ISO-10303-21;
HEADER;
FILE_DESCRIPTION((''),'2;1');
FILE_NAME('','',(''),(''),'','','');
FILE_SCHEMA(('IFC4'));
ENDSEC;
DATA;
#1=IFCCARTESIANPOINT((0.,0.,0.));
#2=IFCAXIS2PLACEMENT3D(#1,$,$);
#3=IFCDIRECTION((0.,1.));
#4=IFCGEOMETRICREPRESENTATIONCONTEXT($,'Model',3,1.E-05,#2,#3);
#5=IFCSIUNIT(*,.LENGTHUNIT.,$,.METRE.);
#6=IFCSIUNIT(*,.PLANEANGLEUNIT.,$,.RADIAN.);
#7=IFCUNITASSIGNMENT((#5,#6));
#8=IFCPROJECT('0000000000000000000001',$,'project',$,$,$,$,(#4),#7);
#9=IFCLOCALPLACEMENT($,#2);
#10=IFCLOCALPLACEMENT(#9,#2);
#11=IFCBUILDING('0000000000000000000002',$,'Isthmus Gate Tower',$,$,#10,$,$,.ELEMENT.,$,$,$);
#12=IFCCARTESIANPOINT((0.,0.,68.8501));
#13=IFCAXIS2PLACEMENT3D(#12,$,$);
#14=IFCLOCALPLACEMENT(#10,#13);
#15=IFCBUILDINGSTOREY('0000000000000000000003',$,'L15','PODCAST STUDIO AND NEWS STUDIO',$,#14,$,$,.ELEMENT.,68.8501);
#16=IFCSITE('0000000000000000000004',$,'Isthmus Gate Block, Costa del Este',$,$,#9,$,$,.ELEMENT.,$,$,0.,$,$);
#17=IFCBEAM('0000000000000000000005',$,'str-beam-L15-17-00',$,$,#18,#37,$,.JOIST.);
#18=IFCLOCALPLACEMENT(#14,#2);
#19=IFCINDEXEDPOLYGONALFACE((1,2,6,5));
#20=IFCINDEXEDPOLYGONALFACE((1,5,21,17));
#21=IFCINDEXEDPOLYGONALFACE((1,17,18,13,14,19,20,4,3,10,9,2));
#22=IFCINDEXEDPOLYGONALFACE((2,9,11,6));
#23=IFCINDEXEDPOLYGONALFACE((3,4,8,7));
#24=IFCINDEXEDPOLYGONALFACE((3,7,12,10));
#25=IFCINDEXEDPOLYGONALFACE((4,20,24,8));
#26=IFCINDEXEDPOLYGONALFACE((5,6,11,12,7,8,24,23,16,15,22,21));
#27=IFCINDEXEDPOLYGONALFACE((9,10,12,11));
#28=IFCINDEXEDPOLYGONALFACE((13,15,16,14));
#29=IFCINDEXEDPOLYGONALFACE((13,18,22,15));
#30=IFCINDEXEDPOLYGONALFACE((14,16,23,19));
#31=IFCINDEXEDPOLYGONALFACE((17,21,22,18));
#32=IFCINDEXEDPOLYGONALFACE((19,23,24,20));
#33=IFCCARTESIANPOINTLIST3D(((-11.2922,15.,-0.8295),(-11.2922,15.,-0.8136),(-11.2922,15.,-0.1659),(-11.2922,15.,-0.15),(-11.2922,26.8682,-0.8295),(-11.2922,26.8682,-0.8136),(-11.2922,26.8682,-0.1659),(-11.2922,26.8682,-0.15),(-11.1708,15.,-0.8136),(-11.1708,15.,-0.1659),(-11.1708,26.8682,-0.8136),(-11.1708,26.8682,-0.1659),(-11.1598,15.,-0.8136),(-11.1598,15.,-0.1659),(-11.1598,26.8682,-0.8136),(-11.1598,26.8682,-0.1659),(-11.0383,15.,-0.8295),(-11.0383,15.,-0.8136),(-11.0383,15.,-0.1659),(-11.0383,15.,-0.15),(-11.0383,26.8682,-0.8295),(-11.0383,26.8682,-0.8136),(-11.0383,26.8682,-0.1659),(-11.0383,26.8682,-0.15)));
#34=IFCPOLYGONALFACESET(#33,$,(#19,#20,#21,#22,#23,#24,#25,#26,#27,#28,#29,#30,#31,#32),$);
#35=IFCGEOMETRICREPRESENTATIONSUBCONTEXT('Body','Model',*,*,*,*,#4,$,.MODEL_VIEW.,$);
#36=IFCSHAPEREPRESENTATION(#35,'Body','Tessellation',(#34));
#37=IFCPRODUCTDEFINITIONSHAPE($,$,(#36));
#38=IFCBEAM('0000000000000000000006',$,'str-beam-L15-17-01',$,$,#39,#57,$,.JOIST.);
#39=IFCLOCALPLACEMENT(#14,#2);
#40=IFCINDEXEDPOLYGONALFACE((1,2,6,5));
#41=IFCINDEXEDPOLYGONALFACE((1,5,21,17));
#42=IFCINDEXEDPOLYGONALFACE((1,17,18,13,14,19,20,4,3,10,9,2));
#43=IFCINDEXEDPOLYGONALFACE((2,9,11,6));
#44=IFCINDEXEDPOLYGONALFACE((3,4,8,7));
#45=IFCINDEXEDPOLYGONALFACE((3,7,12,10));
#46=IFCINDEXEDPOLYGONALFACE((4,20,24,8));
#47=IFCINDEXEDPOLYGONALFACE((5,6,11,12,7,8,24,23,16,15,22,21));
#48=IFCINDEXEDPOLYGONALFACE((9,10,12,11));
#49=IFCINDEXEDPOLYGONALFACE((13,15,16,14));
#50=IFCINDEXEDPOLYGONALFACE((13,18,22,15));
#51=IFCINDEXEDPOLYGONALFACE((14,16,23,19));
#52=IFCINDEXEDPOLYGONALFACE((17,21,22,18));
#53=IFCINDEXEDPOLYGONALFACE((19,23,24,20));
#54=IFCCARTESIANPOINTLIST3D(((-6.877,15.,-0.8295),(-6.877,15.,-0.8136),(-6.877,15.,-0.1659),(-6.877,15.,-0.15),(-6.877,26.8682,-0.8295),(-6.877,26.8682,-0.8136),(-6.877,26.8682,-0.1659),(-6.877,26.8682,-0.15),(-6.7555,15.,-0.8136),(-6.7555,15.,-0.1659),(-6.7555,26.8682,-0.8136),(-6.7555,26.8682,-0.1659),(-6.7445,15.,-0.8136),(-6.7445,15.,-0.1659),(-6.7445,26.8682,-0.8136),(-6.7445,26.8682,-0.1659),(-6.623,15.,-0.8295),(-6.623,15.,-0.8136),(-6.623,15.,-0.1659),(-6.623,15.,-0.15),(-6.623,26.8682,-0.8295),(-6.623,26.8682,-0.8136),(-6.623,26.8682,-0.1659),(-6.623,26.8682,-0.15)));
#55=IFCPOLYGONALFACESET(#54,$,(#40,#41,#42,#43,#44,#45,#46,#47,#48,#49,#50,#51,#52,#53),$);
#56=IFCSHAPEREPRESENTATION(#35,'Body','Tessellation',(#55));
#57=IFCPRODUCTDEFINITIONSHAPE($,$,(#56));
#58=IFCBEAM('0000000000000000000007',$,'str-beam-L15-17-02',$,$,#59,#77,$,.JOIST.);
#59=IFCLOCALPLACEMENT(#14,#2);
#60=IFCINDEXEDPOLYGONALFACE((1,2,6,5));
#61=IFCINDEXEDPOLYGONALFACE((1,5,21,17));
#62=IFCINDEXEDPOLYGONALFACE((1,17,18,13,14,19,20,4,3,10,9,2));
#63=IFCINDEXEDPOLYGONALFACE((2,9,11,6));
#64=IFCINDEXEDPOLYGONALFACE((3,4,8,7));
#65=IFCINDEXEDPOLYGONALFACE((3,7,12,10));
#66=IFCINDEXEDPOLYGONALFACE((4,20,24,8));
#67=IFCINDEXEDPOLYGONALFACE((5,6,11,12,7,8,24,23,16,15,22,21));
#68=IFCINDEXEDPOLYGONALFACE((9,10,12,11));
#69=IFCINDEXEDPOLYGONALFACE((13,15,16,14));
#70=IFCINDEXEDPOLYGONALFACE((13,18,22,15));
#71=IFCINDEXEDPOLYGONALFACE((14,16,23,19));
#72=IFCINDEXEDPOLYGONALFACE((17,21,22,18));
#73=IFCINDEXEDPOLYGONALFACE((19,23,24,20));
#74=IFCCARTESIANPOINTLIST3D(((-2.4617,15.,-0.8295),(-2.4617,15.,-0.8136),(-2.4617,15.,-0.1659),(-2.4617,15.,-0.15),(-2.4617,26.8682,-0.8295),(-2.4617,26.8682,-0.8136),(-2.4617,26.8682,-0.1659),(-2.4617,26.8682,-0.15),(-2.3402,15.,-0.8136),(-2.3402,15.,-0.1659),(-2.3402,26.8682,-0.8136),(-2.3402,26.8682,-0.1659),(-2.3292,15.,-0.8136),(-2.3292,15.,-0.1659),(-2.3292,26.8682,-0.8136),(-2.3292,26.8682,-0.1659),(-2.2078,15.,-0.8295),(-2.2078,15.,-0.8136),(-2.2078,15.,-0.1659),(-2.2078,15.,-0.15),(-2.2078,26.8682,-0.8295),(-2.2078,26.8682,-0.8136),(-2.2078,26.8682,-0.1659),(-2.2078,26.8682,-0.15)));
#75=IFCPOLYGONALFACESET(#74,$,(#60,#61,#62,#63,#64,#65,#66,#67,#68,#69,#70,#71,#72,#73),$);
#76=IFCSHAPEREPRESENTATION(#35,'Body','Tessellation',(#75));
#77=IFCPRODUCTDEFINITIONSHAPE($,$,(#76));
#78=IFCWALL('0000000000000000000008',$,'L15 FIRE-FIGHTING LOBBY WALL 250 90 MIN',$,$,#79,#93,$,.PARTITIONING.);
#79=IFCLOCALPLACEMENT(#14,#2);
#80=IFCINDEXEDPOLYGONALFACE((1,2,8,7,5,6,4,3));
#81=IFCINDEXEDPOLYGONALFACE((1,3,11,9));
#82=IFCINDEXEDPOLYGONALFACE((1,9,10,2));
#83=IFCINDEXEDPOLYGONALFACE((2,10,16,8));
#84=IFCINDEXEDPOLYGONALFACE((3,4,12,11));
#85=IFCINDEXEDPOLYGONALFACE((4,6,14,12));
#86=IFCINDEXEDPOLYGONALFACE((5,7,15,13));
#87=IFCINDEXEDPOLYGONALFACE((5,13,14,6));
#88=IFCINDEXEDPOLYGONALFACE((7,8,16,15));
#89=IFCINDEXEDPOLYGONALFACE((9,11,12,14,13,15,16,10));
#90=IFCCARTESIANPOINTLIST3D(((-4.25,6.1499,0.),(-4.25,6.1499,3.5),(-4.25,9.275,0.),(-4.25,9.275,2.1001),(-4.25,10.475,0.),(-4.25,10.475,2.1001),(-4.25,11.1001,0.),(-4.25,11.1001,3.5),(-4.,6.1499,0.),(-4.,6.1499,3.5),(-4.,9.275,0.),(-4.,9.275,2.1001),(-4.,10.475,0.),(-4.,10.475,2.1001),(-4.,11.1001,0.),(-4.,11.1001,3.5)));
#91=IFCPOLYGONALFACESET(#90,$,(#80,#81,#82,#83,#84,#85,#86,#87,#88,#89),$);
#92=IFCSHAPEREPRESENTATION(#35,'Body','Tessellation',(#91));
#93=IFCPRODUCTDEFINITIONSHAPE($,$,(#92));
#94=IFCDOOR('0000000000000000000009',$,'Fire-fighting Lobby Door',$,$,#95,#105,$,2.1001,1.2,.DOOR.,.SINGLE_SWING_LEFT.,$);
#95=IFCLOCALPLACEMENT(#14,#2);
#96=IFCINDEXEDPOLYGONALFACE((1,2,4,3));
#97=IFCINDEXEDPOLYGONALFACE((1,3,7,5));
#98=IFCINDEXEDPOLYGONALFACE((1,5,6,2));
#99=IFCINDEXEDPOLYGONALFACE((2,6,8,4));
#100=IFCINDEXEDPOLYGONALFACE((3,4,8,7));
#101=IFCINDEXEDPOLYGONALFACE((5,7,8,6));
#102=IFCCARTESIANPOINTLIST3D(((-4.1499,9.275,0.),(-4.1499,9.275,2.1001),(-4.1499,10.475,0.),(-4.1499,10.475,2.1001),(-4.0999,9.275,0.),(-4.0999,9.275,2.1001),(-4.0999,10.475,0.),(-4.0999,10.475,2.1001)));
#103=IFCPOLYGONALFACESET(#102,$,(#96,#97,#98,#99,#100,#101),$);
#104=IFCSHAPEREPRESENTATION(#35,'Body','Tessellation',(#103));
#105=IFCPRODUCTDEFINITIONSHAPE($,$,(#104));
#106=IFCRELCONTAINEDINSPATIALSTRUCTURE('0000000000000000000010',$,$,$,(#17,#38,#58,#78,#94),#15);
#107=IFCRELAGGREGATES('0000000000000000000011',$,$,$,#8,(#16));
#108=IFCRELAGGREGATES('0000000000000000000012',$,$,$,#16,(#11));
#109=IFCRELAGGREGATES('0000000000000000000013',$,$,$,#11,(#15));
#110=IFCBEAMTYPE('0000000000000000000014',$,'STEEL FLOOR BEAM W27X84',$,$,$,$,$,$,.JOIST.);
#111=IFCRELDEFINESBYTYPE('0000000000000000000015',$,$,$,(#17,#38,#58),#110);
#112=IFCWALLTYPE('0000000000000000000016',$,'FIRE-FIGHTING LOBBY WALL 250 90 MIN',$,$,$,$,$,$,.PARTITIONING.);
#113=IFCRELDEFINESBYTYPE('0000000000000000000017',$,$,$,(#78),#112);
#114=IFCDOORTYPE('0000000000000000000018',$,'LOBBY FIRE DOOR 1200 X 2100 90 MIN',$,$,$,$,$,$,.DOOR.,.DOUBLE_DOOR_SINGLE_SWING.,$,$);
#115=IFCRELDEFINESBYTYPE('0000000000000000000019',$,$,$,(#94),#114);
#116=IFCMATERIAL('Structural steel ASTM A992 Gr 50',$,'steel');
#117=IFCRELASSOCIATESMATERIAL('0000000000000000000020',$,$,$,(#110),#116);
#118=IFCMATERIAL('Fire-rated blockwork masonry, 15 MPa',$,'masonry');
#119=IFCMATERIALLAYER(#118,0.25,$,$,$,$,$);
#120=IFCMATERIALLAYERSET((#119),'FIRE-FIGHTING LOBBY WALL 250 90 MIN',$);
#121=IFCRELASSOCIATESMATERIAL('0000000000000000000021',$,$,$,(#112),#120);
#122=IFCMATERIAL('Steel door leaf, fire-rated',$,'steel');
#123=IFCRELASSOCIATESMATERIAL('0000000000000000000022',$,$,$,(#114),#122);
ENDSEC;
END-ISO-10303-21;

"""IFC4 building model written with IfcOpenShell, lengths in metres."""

from ifc_helpers import new_model, si_unit, direction, frame, frame_2d, origin, origin_2d, place, context, subcontext, project, spatial, rectangle, i_section, extrude, material, layer, layer_set, material_profile, profile_set, type_object, element, fill, save


model = new_model("IFC4")

# Units and contexts
model_context = context("Model", 3, precision=1e-05, world=origin(), true_north=direction((0.0, 1.0)))
body_context = subcontext(model_context, "Body", "Model", "MODEL_VIEW")
ifc_project = project(units=[si_unit("LENGTHUNIT", "METRE"), si_unit("PLANEANGLEUNIT", "RADIAN")], contexts=[model_context])

# Site, building, storey
site_placement = place(None, origin())
site = spatial("IfcSite", under=ifc_project, at=site_placement, Name="Isthmus Gate Block, Costa del Este", CompositionType="ELEMENT", RefElevation=0.0)
building_placement = place(site_placement, origin())
building = spatial("IfcBuilding", under=site, at=building_placement, Name="Isthmus Gate Tower", CompositionType="ELEMENT")
storey_placement = place(building_placement, frame((0.0, 0.0, 68.8501)))
storey = spatial("IfcBuildingStorey", under=building, at=storey_placement, Name="L15", Description="PODCAST STUDIO AND NEWS STUDIO", CompositionType="ELEMENT", Elevation=68.8501)

# Beams
ifc_material_1 = material(Name="Structural steel ASTM A992 Gr 50", Category="steel")
ifc_material_profile = material_profile(ifc_material_1, i_section(OverallWidth=0.2539, OverallDepth=0.6794, WebThickness=0.011, FlangeThickness=0.0159, at=origin_2d()), Name="W27X84")
ifc_profile_set = profile_set([ifc_material_profile], Name="Structural steel ASTM A992 Gr 50")
beam_type = type_object("IfcBeamType", Name="STEEL FLOOR BEAM W27X84", PredefinedType="JOIST", material=ifc_profile_set)
for number, where, z_axis, x_axis, name in (
    (1, (-11.1653, 15.0, -0.4897), (0.0, 1.0, 0.0), (-1.0, 0.0, 0.0), "str-beam-L15-17-00"),
    (2, (-6.75, 15.0, -0.4897), (0.0, 1.0, 0.0), (-1.0, 0.0, 0.0), "str-beam-L15-17-01"),
    (3, (-2.3347, 15.0, -0.4897), (0.0, 1.0, 0.0), (-1.0, 0.0, 0.0), "str-beam-L15-17-02"),
):
    element("IfcBeam", number, at=place(storey_placement, frame(where, z_axis=z_axis, x_axis=x_axis)), inside=storey, type_object=beam_type, Name=name, PredefinedType="JOIST", context=body_context, shape_type="SweptSolid", body=[
        extrude(i_section(OverallWidth=0.2539, OverallDepth=0.6794, WebThickness=0.011, FlangeThickness=0.0159, at=origin_2d()), origin(), (0.0, 0.0, 1.0), 11.8682),
    ])

# Wall, opening, door
ifc_material_2 = material(Name="Fire-rated blockwork masonry, 15 MPa", Category="masonry")
ifc_layer_1 = layer(ifc_material_2, 0.25)
ifc_layer_set_1 = layer_set([ifc_layer_1], Name="FIRE-FIGHTING LOBBY WALL 250 90 MIN")
wall_type_1 = type_object("IfcWallType", Name="FIRE-FIGHTING LOBBY WALL 250 90 MIN", PredefinedType="PARTITIONING", material=ifc_layer_set_1)
wall_1_placement = place(storey_placement, frame((-4.125, 6.1499, 0.0), z_axis=(0.0, 0.0, 1.0), x_axis=(0.0, 1.0, 0.0)))
wall_1 = element("IfcWall", 4, at=wall_1_placement, inside=storey, type_object=wall_type_1, Name="L15 FIRE-FIGHTING LOBBY WALL 250 90 MIN", PredefinedType="PARTITIONING", context=body_context, shape_type="SweptSolid", body=[
    extrude(rectangle(XDim=4.9502, YDim=0.25, at=frame_2d((2.4751, 0.0))), origin(), (0.0, 0.0, 1.0), 3.5),
])
opening_1_placement = place(wall_1_placement, frame((3.125, 0.0, 0.0)))
opening_1 = element("IfcOpeningElement", 5, at=opening_1_placement, cuts=wall_1, PredefinedType="OPENING", context=body_context, shape_type="SweptSolid", body=[
    extrude(rectangle(XDim=1.2, YDim=2.1001, at=frame_2d((0.6001, 1.05))), frame((0.0, 0.135, 0.0), z_axis=(0.0, -1.0, 0.0), x_axis=(1.0, 0.0, 0.0)), (0.0, 0.0, 1.0), 0.27),
])
ifc_material_3 = material(Name="Steel door leaf, fire-rated", Category="steel")
door_type_1 = type_object("IfcDoorType", Name="LOBBY FIRE DOOR 1200 X 2100 90 MIN", OperationType="DOUBLE_DOOR_SINGLE_SWING", PredefinedType="DOOR", material=ifc_material_3)
door_1_placement = place(opening_1_placement, origin())
door_1 = element("IfcDoor", 6, at=door_1_placement, inside=storey, type_object=door_type_1, Name="Fire-fighting Lobby Door", OperationType="SINGLE_SWING_LEFT", OverallHeight=2.1001, OverallWidth=1.2, PredefinedType="DOOR", context=body_context, shape_type="SweptSolid", body=[
    extrude(rectangle(XDim=1.2, YDim=2.1001, at=frame_2d((0.6001, 1.05))), frame((0.0, 0.0249, 0.0), z_axis=(0.0, -1.0, 0.0), x_axis=(1.0, 0.0, 0.0)), (0.0, 0.0, 1.0), 0.05),
])
fill(opening_1, door_1)

save(model, "model.ifc")
